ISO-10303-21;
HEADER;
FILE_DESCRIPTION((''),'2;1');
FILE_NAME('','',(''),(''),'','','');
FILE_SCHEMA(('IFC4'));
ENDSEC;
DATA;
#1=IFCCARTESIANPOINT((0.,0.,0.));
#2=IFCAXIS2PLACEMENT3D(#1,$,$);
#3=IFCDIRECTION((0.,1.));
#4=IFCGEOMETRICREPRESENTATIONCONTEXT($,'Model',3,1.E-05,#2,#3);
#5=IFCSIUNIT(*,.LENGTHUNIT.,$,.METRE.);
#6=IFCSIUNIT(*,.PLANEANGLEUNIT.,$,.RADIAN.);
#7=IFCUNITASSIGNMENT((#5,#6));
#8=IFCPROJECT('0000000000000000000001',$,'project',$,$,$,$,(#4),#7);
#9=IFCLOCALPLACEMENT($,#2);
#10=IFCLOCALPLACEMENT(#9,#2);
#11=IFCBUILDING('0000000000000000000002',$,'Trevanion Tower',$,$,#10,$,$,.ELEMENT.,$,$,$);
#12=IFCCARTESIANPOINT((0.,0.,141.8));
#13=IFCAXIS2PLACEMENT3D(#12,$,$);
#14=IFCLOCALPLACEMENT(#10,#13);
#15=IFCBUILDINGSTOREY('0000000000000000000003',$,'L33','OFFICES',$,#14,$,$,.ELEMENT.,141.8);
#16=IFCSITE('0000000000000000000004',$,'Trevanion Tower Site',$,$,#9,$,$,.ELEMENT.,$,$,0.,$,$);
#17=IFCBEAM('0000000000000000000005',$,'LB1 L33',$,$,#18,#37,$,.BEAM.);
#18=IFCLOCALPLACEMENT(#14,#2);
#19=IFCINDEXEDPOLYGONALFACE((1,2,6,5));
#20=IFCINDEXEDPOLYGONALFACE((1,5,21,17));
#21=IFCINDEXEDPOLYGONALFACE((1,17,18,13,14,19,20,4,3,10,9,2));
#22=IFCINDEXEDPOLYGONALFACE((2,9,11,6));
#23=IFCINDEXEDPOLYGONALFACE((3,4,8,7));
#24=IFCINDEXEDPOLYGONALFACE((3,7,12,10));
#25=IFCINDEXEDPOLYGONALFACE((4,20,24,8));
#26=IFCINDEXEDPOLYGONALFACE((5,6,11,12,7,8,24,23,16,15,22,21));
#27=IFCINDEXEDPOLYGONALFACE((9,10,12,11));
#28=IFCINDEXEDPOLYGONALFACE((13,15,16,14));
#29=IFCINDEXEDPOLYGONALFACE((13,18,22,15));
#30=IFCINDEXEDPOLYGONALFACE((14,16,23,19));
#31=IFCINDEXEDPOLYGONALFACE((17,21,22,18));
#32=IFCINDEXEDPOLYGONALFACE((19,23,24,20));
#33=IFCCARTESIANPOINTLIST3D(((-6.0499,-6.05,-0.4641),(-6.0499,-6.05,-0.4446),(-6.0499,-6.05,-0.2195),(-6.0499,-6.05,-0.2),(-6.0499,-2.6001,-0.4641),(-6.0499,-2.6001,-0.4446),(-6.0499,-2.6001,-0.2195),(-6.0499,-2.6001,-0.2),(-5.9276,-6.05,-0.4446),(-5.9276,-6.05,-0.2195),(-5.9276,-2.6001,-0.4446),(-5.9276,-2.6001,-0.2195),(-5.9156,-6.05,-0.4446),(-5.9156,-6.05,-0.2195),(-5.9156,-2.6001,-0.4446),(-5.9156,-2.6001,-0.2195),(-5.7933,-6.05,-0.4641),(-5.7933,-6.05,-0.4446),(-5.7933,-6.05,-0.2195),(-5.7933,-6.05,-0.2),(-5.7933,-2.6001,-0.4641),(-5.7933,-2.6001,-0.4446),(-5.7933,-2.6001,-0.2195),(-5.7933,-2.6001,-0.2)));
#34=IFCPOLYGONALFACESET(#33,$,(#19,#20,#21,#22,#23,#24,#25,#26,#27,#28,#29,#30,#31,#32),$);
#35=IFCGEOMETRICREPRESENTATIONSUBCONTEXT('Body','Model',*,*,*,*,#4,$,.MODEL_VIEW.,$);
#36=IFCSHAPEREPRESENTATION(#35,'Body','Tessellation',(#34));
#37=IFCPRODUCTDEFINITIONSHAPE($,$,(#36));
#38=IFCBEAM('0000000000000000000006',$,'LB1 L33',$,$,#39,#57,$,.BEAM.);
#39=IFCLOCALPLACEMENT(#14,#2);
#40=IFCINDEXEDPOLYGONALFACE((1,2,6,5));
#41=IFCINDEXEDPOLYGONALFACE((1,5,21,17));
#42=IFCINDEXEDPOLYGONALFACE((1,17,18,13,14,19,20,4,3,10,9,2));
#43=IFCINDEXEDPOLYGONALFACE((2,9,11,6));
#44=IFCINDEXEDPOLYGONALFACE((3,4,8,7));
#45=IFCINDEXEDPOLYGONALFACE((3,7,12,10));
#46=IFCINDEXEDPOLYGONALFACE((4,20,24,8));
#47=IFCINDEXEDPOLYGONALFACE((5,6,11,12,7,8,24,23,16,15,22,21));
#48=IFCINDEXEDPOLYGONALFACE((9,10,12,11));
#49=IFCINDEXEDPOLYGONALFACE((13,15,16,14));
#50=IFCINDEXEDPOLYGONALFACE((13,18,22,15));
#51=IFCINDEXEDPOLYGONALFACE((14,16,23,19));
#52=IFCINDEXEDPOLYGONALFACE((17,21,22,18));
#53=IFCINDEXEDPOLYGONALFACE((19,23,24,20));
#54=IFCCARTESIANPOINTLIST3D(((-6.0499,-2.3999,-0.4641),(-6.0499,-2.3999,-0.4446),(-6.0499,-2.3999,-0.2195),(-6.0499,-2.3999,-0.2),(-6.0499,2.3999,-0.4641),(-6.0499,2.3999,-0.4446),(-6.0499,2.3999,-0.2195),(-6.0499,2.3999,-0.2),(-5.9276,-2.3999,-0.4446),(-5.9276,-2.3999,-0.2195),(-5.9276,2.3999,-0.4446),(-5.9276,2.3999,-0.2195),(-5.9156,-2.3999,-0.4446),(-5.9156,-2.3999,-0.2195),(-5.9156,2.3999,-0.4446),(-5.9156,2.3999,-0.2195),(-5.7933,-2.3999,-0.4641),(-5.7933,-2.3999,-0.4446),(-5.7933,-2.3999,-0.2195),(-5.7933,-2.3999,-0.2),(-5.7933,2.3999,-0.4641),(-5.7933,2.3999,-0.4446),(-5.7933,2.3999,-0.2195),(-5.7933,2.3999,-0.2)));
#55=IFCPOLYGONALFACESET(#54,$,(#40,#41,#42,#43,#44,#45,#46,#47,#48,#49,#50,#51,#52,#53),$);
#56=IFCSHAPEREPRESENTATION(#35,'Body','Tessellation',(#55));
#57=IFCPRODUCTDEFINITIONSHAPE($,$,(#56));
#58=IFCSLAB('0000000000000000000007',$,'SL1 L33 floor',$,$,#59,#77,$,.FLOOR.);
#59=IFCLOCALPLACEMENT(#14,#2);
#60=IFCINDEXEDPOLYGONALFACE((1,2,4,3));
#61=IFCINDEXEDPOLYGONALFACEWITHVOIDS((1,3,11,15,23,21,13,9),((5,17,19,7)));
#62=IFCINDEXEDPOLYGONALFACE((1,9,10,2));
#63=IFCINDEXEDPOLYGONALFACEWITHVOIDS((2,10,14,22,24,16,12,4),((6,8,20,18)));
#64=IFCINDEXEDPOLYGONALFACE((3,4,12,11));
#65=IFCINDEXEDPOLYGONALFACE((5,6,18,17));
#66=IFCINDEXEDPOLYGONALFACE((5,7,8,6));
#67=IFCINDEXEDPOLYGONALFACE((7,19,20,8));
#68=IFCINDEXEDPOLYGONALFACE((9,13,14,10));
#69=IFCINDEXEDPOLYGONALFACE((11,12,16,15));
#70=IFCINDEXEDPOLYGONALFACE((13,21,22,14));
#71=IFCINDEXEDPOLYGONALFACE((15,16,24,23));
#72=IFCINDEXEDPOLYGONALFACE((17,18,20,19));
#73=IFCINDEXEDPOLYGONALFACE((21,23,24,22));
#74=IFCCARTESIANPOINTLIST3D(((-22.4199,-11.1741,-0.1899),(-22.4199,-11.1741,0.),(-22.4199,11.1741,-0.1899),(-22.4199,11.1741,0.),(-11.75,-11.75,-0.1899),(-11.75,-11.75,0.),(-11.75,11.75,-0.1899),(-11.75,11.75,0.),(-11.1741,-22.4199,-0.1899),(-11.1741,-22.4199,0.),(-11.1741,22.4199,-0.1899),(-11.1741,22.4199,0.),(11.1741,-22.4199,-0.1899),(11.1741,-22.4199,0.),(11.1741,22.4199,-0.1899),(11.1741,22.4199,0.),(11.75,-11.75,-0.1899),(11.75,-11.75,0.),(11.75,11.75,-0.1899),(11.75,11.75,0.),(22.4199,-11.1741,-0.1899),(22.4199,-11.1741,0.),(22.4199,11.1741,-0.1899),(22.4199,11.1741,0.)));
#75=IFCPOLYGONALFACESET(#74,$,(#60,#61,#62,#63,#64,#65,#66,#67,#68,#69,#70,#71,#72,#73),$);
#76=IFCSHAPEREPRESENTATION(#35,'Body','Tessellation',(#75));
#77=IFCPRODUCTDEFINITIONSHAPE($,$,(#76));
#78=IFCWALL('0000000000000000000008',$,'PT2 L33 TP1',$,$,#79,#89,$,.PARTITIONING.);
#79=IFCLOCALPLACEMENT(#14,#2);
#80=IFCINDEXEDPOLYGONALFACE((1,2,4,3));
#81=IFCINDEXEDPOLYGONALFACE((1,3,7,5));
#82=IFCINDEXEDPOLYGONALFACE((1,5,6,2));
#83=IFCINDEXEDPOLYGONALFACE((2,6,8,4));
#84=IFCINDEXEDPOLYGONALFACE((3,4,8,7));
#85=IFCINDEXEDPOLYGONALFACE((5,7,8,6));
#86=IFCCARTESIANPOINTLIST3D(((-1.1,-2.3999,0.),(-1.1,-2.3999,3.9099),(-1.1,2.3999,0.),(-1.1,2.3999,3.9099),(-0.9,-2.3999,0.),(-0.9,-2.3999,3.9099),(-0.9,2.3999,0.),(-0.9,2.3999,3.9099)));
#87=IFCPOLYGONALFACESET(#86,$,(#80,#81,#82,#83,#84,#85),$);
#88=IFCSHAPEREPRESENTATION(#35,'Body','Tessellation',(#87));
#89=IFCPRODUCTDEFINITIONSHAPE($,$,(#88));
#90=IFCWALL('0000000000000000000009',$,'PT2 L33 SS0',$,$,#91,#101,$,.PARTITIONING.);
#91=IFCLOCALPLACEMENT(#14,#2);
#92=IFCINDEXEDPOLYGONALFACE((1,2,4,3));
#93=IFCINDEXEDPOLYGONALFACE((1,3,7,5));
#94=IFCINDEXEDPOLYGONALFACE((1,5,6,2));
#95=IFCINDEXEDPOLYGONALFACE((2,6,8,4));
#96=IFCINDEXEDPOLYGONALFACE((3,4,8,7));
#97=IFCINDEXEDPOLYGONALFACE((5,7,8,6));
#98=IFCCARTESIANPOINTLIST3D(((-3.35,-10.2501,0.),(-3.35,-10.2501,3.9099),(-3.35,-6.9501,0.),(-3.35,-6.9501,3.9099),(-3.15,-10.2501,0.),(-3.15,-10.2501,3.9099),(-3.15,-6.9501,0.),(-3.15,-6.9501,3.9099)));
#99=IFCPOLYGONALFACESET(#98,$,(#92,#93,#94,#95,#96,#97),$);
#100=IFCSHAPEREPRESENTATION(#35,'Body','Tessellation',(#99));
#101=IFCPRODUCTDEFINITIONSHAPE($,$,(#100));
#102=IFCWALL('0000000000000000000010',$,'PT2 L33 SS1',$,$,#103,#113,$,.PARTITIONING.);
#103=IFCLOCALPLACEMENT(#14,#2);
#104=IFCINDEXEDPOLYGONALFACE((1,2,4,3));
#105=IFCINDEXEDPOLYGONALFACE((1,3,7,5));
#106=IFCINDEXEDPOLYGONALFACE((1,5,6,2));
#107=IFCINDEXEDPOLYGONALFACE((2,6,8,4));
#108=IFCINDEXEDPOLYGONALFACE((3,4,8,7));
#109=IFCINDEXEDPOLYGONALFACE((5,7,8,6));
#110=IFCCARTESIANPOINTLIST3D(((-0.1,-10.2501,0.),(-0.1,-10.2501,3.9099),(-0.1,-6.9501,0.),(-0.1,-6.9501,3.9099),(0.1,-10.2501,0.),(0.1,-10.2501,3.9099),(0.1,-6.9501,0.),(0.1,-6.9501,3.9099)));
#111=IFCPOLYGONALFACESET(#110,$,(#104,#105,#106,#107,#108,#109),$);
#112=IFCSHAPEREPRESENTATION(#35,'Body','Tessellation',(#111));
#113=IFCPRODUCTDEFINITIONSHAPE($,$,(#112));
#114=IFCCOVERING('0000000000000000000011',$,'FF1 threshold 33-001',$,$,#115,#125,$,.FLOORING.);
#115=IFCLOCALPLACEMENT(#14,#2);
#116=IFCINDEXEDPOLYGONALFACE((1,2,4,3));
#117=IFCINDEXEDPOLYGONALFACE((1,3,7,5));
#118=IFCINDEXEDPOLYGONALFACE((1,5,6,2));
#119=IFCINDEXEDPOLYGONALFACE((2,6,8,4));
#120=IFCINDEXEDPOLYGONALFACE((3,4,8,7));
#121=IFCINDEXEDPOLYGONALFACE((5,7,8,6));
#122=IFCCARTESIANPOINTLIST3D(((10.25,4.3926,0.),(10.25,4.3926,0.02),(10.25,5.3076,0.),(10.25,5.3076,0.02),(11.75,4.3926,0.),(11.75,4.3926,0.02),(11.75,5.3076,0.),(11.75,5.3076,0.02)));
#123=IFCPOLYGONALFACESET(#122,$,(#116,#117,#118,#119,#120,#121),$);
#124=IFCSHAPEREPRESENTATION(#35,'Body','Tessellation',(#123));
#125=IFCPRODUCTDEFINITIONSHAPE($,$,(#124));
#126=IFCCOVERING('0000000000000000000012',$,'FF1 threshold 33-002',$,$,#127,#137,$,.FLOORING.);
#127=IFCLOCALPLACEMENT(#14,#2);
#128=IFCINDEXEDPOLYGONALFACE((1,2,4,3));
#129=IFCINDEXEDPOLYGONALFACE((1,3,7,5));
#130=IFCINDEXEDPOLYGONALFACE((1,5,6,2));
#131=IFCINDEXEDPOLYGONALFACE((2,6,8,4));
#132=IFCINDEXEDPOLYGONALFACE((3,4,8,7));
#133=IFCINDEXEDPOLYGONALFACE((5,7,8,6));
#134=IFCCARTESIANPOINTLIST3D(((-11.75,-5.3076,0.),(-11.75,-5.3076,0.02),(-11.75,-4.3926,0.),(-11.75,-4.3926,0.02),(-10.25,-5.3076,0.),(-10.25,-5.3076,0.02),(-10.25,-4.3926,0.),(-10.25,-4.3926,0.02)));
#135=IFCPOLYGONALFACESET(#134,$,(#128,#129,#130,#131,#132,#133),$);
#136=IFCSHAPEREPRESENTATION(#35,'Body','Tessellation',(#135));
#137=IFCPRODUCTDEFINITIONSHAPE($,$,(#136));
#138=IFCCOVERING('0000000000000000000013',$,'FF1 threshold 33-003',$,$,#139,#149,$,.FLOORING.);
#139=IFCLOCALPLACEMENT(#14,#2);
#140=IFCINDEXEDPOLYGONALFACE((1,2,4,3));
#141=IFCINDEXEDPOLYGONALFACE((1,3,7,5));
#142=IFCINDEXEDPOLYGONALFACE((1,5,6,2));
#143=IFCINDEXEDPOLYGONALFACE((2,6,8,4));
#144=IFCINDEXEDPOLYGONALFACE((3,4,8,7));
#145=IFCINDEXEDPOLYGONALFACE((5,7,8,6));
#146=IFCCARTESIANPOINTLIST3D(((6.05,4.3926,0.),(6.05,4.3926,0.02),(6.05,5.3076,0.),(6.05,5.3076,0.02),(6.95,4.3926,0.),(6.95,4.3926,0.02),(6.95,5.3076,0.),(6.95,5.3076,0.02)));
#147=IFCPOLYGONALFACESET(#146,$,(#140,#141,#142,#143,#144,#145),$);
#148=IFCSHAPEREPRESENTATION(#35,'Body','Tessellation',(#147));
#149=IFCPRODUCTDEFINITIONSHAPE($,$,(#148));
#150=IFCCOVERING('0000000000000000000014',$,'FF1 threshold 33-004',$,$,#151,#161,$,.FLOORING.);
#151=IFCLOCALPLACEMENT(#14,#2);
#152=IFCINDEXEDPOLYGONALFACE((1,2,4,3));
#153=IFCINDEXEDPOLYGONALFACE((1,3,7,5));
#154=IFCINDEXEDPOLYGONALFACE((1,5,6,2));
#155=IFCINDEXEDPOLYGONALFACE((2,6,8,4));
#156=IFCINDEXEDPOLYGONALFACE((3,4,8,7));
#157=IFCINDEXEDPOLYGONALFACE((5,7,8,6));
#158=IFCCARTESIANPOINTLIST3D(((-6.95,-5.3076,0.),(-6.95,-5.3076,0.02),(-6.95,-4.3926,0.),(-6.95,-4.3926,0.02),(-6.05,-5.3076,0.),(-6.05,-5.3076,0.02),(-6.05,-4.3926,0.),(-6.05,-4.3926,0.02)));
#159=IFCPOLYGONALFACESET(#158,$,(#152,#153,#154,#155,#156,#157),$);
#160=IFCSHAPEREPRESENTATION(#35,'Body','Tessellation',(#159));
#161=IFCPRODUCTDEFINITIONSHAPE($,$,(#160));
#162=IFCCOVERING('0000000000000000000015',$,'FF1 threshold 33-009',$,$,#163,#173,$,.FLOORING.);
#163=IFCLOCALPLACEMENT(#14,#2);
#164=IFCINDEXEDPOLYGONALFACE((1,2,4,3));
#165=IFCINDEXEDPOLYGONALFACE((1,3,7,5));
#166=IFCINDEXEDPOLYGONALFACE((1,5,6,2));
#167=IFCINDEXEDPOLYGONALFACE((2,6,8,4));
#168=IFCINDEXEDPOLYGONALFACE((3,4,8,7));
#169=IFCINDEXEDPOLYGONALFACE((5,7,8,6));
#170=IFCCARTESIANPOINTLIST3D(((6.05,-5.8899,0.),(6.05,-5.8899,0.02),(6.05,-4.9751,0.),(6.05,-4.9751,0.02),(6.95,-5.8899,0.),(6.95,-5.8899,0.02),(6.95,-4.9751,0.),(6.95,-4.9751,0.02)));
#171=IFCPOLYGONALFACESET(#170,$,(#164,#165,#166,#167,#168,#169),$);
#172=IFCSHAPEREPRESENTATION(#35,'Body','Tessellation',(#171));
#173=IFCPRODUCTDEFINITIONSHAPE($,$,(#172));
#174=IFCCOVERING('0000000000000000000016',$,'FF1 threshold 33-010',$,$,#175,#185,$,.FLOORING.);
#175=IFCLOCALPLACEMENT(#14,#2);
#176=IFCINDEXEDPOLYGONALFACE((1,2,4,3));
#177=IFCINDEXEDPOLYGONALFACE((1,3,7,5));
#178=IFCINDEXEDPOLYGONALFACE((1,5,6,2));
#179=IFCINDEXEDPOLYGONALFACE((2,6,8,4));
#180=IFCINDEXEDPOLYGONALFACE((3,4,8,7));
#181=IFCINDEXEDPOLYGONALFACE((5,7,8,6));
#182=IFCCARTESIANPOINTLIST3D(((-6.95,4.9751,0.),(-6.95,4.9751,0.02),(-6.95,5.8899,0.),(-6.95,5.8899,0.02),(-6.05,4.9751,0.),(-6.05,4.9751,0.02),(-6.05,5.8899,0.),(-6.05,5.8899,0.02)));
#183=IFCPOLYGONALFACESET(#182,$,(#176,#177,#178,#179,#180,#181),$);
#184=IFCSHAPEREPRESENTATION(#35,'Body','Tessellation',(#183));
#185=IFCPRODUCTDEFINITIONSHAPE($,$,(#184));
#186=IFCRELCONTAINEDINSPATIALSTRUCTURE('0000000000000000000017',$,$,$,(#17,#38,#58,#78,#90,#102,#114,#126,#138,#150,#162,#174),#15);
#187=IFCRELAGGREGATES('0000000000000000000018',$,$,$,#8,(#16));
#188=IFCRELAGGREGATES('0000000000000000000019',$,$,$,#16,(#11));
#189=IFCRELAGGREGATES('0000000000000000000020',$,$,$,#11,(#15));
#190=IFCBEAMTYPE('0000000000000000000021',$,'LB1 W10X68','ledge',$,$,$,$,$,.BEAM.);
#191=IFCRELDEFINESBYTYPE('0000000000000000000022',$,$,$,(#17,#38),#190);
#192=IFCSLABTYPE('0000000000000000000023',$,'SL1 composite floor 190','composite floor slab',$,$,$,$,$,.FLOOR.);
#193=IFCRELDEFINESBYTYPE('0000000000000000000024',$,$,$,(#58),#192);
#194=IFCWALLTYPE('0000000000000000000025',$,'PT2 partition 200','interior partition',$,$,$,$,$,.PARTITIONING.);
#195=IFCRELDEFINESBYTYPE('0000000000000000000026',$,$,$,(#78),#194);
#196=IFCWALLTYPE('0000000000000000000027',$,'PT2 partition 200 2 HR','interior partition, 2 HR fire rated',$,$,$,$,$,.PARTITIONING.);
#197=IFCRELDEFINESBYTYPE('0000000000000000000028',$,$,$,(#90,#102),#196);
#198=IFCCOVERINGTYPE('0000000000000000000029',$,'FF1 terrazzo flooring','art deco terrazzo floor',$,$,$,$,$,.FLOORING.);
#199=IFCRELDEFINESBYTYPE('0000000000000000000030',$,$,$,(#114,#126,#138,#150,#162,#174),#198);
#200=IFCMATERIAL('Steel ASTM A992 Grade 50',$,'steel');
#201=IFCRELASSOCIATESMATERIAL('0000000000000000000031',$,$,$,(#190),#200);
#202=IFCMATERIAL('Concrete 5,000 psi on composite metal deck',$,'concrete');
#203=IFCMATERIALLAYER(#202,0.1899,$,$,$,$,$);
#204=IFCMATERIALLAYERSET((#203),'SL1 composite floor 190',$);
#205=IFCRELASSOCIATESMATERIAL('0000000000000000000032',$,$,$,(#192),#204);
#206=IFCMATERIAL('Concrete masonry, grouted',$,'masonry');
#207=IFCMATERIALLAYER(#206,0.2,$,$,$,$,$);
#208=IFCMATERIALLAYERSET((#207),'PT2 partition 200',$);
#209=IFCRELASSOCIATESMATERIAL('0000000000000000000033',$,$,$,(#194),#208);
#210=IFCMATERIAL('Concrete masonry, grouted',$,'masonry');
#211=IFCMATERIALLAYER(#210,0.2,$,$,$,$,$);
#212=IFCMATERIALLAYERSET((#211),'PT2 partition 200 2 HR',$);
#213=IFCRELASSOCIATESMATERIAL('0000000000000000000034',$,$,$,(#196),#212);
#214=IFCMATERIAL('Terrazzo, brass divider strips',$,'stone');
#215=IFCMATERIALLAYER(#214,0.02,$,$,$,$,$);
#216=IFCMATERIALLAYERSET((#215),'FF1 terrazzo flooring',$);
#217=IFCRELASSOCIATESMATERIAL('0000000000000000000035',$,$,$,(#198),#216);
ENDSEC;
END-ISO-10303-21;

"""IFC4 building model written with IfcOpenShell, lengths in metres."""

from ifc_helpers import new_model, si_unit, direction, frame, frame_2d, origin, origin_2d, place, context, subcontext, project, spatial, polyline, rectangle, i_section, outline, extrude, material, layer, layer_set, material_profile, profile_set, type_object, element, save


model = new_model("IFC4")

# Units and contexts
model_context = context("Model", 3, precision=1e-05, world=origin(), true_north=direction((0.0, 1.0)))
body_context = subcontext(model_context, "Body", "Model", "MODEL_VIEW")
ifc_project = project(units=[si_unit("LENGTHUNIT", "METRE"), si_unit("PLANEANGLEUNIT", "RADIAN")], contexts=[model_context])

# Site, building, storey
site_placement = place(None, origin())
site = spatial("IfcSite", under=ifc_project, at=site_placement, Name="Trevanion Tower Site", CompositionType="ELEMENT", RefElevation=0.0)
building_placement = place(site_placement, origin())
building = spatial("IfcBuilding", under=site, at=building_placement, Name="Trevanion Tower", CompositionType="ELEMENT")
storey_placement = place(building_placement, frame((0.0, 0.0, 141.8)))
storey = spatial("IfcBuildingStorey", under=building, at=storey_placement, Name="L33", Description="OFFICES", CompositionType="ELEMENT", Elevation=141.8)

# Beams
ifc_material_1 = material(Name="Steel ASTM A992 Grade 50", Category="steel")
ifc_material_profile = material_profile(ifc_material_1, i_section(OverallWidth=0.2566, OverallDepth=0.2642, WebThickness=0.012, FlangeThickness=0.0195, at=origin_2d()), Name="W10X68")
ifc_profile_set = profile_set([ifc_material_profile], Name="Steel ASTM A992 Grade 50")
beam_type = type_object("IfcBeamType", Name="LB1 W10X68", Description="ledge", PredefinedType="BEAM", material=ifc_profile_set)
beam_1_placement = place(storey_placement, frame((-5.9216, -6.05, -0.332), z_axis=(0.0, 1.0, 0.0), x_axis=(-1.0, 0.0, 0.0)))
element("IfcBeam", 1, at=beam_1_placement, inside=storey, type_object=beam_type, Name="LB1 L33", PredefinedType="BEAM", context=body_context, shape_type="SweptSolid", body=[
    extrude(i_section(OverallWidth=0.2566, OverallDepth=0.2642, WebThickness=0.012, FlangeThickness=0.0195, at=origin_2d()), origin(), (0.0, 0.0, 1.0), 3.45),
])
beam_2_placement = place(storey_placement, frame((-5.9216, -2.3999, -0.332), z_axis=(0.0, 1.0, 0.0), x_axis=(-1.0, 0.0, 0.0)))
element("IfcBeam", 2, at=beam_2_placement, inside=storey, type_object=beam_type, Name="LB1 L33", PredefinedType="BEAM", context=body_context, shape_type="SweptSolid", body=[
    extrude(i_section(OverallWidth=0.2566, OverallDepth=0.2642, WebThickness=0.012, FlangeThickness=0.0195, at=origin_2d()), origin(), (0.0, 0.0, 1.0), 4.7998),
])

# Slab
ifc_material_2 = material(Name="Concrete 5,000 psi on composite metal deck", Category="concrete")
ifc_layer_1 = layer(ifc_material_2, 0.1899)
ifc_layer_set_1 = layer_set([ifc_layer_1], Name="SL1 composite floor 190")
slab_type = type_object("IfcSlabType", Name="SL1 composite floor 190", Description="composite floor slab", PredefinedType="FLOOR", material=ifc_layer_set_1)
slab_placement = place(storey_placement, frame((0.0, 0.0, -0.1899)))
element("IfcSlab", 3, at=slab_placement, inside=storey, type_object=slab_type, Name="SL1 L33 floor", PredefinedType="FLOOR", context=body_context, shape_type="SweptSolid", body=[
    extrude(outline(polyline([(22.4199, -11.1741), (22.4199, 11.1741), (11.1741, 22.4199), (-11.1741, 22.4199), (-22.4199, 11.1741), (-22.4199, -11.1741), (-11.1741, -22.4199), (11.1741, -22.4199), (22.4199, -11.1741)]), holes=[polyline([(11.75, -11.75), (11.75, 11.75), (-11.75, 11.75), (-11.75, -11.75), (11.75, -11.75)])]), origin(), (0.0, 0.0, 1.0), 0.1899),
])

# Walls
ifc_material_3 = material(Name="Concrete masonry, grouted", Category="masonry")
ifc_layer_2 = layer(ifc_material_3, 0.2)
ifc_layer_set_2 = layer_set([ifc_layer_2], Name="PT2 partition 200")
wall_type_1 = type_object("IfcWallType", Name="PT2 partition 200", Description="interior partition", PredefinedType="PARTITIONING", material=ifc_layer_set_2)
wall_placement = place(storey_placement, frame((-1.0, -2.3999, 0.0), z_axis=(0.0, 0.0, 1.0), x_axis=(0.0, 1.0, 0.0)))
element("IfcWall", 4, at=wall_placement, inside=storey, type_object=wall_type_1, Name="PT2 L33 TP1", PredefinedType="PARTITIONING", context=body_context, shape_type="SweptSolid", body=[
    extrude(rectangle(XDim=4.7998, YDim=0.2, at=frame_2d((2.3999, 0.0))), origin(), (0.0, 0.0, 1.0), 3.9099),
])
ifc_material_4 = material(Name="Concrete masonry, grouted", Category="masonry")
ifc_layer_3 = layer(ifc_material_4, 0.2)
ifc_layer_set_3 = layer_set([ifc_layer_3], Name="PT2 partition 200 2 HR")
wall_type_2 = type_object("IfcWallType", Name="PT2 partition 200 2 HR", Description="interior partition, 2 HR fire rated", PredefinedType="PARTITIONING", material=ifc_layer_set_3)
for number, where, z_axis, x_axis, name in (
    (5, (-3.25, -10.25, 0.0), (0.0, 0.0, 1.0), (0.0, 1.0, 0.0), "PT2 L33 SS0"),
    (6, (0.0, -10.25, 0.0), (0.0, 0.0, 1.0), (0.0, 1.0, 0.0), "PT2 L33 SS1"),
):
    element("IfcWall", number, at=place(storey_placement, frame(where, z_axis=z_axis, x_axis=x_axis)), inside=storey, type_object=wall_type_2, Name=name, PredefinedType="PARTITIONING", context=body_context, shape_type="SweptSolid", body=[
        extrude(rectangle(XDim=3.3, YDim=0.2, at=frame_2d((1.6499, 0.0))), origin(), (0.0, 0.0, 1.0), 3.9099),
    ])

# Coverings
ifc_material_5 = material(Name="Terrazzo, brass divider strips", Category="stone")
ifc_layer_4 = layer(ifc_material_5, 0.02)
ifc_layer_set_4 = layer_set([ifc_layer_4], Name="FF1 terrazzo flooring")
covering_type = type_object("IfcCoveringType", Name="FF1 terrazzo flooring", Description="art deco terrazzo floor", PredefinedType="FLOORING", material=ifc_layer_set_4)
covering_1_placement = place(storey_placement, origin())
element("IfcCovering", 7, at=covering_1_placement, inside=storey, type_object=covering_type, Name="FF1 threshold 33-001", PredefinedType="FLOORING", context=body_context, shape_type="SweptSolid", body=[
    extrude(outline(polyline([(11.75, 4.3926), (11.75, 5.3076), (10.25, 5.3076), (10.25, 4.3926), (11.75, 4.3926)])), origin(), (0.0, 0.0, 1.0), 0.02),
])
covering_2_placement = place(storey_placement, origin())
element("IfcCovering", 8, at=covering_2_placement, inside=storey, type_object=covering_type, Name="FF1 threshold 33-002", PredefinedType="FLOORING", context=body_context, shape_type="SweptSolid", body=[
    extrude(outline(polyline([(-11.75, -4.3926), (-11.75, -5.3076), (-10.25, -5.3076), (-10.25, -4.3926), (-11.75, -4.3926)])), origin(), (0.0, 0.0, 1.0), 0.02),
])
covering_3_placement = place(storey_placement, origin())
element("IfcCovering", 9, at=covering_3_placement, inside=storey, type_object=covering_type, Name="FF1 threshold 33-003", PredefinedType="FLOORING", context=body_context, shape_type="SweptSolid", body=[
    extrude(outline(polyline([(6.95, 4.3926), (6.95, 5.3076), (6.05, 5.3076), (6.05, 4.3926), (6.95, 4.3926)])), origin(), (0.0, 0.0, 1.0), 0.02),
])
covering_4_placement = place(storey_placement, origin())
element("IfcCovering", 10, at=covering_4_placement, inside=storey, type_object=covering_type, Name="FF1 threshold 33-004", PredefinedType="FLOORING", context=body_context, shape_type="SweptSolid", body=[
    extrude(outline(polyline([(-6.95, -4.3926), (-6.95, -5.3076), (-6.05, -5.3076), (-6.05, -4.3926), (-6.95, -4.3926)])), origin(), (0.0, 0.0, 1.0), 0.02),
])
covering_5_placement = place(storey_placement, origin())
element("IfcCovering", 11, at=covering_5_placement, inside=storey, type_object=covering_type, Name="FF1 threshold 33-009", PredefinedType="FLOORING", context=body_context, shape_type="SweptSolid", body=[
    extrude(outline(polyline([(6.95, -5.8899), (6.95, -4.9751), (6.05, -4.9751), (6.05, -5.8899), (6.95, -5.8899)])), origin(), (0.0, 0.0, 1.0), 0.02),
])
covering_6_placement = place(storey_placement, origin())
element("IfcCovering", 12, at=covering_6_placement, inside=storey, type_object=covering_type, Name="FF1 threshold 33-010", PredefinedType="FLOORING", context=body_context, shape_type="SweptSolid", body=[
    extrude(outline(polyline([(-6.95, 5.8899), (-6.95, 4.9751), (-6.05, 4.9751), (-6.05, 5.8899), (-6.95, 5.8899)])), origin(), (0.0, 0.0, 1.0), 0.02),
])

save(model, "model.ifc")
